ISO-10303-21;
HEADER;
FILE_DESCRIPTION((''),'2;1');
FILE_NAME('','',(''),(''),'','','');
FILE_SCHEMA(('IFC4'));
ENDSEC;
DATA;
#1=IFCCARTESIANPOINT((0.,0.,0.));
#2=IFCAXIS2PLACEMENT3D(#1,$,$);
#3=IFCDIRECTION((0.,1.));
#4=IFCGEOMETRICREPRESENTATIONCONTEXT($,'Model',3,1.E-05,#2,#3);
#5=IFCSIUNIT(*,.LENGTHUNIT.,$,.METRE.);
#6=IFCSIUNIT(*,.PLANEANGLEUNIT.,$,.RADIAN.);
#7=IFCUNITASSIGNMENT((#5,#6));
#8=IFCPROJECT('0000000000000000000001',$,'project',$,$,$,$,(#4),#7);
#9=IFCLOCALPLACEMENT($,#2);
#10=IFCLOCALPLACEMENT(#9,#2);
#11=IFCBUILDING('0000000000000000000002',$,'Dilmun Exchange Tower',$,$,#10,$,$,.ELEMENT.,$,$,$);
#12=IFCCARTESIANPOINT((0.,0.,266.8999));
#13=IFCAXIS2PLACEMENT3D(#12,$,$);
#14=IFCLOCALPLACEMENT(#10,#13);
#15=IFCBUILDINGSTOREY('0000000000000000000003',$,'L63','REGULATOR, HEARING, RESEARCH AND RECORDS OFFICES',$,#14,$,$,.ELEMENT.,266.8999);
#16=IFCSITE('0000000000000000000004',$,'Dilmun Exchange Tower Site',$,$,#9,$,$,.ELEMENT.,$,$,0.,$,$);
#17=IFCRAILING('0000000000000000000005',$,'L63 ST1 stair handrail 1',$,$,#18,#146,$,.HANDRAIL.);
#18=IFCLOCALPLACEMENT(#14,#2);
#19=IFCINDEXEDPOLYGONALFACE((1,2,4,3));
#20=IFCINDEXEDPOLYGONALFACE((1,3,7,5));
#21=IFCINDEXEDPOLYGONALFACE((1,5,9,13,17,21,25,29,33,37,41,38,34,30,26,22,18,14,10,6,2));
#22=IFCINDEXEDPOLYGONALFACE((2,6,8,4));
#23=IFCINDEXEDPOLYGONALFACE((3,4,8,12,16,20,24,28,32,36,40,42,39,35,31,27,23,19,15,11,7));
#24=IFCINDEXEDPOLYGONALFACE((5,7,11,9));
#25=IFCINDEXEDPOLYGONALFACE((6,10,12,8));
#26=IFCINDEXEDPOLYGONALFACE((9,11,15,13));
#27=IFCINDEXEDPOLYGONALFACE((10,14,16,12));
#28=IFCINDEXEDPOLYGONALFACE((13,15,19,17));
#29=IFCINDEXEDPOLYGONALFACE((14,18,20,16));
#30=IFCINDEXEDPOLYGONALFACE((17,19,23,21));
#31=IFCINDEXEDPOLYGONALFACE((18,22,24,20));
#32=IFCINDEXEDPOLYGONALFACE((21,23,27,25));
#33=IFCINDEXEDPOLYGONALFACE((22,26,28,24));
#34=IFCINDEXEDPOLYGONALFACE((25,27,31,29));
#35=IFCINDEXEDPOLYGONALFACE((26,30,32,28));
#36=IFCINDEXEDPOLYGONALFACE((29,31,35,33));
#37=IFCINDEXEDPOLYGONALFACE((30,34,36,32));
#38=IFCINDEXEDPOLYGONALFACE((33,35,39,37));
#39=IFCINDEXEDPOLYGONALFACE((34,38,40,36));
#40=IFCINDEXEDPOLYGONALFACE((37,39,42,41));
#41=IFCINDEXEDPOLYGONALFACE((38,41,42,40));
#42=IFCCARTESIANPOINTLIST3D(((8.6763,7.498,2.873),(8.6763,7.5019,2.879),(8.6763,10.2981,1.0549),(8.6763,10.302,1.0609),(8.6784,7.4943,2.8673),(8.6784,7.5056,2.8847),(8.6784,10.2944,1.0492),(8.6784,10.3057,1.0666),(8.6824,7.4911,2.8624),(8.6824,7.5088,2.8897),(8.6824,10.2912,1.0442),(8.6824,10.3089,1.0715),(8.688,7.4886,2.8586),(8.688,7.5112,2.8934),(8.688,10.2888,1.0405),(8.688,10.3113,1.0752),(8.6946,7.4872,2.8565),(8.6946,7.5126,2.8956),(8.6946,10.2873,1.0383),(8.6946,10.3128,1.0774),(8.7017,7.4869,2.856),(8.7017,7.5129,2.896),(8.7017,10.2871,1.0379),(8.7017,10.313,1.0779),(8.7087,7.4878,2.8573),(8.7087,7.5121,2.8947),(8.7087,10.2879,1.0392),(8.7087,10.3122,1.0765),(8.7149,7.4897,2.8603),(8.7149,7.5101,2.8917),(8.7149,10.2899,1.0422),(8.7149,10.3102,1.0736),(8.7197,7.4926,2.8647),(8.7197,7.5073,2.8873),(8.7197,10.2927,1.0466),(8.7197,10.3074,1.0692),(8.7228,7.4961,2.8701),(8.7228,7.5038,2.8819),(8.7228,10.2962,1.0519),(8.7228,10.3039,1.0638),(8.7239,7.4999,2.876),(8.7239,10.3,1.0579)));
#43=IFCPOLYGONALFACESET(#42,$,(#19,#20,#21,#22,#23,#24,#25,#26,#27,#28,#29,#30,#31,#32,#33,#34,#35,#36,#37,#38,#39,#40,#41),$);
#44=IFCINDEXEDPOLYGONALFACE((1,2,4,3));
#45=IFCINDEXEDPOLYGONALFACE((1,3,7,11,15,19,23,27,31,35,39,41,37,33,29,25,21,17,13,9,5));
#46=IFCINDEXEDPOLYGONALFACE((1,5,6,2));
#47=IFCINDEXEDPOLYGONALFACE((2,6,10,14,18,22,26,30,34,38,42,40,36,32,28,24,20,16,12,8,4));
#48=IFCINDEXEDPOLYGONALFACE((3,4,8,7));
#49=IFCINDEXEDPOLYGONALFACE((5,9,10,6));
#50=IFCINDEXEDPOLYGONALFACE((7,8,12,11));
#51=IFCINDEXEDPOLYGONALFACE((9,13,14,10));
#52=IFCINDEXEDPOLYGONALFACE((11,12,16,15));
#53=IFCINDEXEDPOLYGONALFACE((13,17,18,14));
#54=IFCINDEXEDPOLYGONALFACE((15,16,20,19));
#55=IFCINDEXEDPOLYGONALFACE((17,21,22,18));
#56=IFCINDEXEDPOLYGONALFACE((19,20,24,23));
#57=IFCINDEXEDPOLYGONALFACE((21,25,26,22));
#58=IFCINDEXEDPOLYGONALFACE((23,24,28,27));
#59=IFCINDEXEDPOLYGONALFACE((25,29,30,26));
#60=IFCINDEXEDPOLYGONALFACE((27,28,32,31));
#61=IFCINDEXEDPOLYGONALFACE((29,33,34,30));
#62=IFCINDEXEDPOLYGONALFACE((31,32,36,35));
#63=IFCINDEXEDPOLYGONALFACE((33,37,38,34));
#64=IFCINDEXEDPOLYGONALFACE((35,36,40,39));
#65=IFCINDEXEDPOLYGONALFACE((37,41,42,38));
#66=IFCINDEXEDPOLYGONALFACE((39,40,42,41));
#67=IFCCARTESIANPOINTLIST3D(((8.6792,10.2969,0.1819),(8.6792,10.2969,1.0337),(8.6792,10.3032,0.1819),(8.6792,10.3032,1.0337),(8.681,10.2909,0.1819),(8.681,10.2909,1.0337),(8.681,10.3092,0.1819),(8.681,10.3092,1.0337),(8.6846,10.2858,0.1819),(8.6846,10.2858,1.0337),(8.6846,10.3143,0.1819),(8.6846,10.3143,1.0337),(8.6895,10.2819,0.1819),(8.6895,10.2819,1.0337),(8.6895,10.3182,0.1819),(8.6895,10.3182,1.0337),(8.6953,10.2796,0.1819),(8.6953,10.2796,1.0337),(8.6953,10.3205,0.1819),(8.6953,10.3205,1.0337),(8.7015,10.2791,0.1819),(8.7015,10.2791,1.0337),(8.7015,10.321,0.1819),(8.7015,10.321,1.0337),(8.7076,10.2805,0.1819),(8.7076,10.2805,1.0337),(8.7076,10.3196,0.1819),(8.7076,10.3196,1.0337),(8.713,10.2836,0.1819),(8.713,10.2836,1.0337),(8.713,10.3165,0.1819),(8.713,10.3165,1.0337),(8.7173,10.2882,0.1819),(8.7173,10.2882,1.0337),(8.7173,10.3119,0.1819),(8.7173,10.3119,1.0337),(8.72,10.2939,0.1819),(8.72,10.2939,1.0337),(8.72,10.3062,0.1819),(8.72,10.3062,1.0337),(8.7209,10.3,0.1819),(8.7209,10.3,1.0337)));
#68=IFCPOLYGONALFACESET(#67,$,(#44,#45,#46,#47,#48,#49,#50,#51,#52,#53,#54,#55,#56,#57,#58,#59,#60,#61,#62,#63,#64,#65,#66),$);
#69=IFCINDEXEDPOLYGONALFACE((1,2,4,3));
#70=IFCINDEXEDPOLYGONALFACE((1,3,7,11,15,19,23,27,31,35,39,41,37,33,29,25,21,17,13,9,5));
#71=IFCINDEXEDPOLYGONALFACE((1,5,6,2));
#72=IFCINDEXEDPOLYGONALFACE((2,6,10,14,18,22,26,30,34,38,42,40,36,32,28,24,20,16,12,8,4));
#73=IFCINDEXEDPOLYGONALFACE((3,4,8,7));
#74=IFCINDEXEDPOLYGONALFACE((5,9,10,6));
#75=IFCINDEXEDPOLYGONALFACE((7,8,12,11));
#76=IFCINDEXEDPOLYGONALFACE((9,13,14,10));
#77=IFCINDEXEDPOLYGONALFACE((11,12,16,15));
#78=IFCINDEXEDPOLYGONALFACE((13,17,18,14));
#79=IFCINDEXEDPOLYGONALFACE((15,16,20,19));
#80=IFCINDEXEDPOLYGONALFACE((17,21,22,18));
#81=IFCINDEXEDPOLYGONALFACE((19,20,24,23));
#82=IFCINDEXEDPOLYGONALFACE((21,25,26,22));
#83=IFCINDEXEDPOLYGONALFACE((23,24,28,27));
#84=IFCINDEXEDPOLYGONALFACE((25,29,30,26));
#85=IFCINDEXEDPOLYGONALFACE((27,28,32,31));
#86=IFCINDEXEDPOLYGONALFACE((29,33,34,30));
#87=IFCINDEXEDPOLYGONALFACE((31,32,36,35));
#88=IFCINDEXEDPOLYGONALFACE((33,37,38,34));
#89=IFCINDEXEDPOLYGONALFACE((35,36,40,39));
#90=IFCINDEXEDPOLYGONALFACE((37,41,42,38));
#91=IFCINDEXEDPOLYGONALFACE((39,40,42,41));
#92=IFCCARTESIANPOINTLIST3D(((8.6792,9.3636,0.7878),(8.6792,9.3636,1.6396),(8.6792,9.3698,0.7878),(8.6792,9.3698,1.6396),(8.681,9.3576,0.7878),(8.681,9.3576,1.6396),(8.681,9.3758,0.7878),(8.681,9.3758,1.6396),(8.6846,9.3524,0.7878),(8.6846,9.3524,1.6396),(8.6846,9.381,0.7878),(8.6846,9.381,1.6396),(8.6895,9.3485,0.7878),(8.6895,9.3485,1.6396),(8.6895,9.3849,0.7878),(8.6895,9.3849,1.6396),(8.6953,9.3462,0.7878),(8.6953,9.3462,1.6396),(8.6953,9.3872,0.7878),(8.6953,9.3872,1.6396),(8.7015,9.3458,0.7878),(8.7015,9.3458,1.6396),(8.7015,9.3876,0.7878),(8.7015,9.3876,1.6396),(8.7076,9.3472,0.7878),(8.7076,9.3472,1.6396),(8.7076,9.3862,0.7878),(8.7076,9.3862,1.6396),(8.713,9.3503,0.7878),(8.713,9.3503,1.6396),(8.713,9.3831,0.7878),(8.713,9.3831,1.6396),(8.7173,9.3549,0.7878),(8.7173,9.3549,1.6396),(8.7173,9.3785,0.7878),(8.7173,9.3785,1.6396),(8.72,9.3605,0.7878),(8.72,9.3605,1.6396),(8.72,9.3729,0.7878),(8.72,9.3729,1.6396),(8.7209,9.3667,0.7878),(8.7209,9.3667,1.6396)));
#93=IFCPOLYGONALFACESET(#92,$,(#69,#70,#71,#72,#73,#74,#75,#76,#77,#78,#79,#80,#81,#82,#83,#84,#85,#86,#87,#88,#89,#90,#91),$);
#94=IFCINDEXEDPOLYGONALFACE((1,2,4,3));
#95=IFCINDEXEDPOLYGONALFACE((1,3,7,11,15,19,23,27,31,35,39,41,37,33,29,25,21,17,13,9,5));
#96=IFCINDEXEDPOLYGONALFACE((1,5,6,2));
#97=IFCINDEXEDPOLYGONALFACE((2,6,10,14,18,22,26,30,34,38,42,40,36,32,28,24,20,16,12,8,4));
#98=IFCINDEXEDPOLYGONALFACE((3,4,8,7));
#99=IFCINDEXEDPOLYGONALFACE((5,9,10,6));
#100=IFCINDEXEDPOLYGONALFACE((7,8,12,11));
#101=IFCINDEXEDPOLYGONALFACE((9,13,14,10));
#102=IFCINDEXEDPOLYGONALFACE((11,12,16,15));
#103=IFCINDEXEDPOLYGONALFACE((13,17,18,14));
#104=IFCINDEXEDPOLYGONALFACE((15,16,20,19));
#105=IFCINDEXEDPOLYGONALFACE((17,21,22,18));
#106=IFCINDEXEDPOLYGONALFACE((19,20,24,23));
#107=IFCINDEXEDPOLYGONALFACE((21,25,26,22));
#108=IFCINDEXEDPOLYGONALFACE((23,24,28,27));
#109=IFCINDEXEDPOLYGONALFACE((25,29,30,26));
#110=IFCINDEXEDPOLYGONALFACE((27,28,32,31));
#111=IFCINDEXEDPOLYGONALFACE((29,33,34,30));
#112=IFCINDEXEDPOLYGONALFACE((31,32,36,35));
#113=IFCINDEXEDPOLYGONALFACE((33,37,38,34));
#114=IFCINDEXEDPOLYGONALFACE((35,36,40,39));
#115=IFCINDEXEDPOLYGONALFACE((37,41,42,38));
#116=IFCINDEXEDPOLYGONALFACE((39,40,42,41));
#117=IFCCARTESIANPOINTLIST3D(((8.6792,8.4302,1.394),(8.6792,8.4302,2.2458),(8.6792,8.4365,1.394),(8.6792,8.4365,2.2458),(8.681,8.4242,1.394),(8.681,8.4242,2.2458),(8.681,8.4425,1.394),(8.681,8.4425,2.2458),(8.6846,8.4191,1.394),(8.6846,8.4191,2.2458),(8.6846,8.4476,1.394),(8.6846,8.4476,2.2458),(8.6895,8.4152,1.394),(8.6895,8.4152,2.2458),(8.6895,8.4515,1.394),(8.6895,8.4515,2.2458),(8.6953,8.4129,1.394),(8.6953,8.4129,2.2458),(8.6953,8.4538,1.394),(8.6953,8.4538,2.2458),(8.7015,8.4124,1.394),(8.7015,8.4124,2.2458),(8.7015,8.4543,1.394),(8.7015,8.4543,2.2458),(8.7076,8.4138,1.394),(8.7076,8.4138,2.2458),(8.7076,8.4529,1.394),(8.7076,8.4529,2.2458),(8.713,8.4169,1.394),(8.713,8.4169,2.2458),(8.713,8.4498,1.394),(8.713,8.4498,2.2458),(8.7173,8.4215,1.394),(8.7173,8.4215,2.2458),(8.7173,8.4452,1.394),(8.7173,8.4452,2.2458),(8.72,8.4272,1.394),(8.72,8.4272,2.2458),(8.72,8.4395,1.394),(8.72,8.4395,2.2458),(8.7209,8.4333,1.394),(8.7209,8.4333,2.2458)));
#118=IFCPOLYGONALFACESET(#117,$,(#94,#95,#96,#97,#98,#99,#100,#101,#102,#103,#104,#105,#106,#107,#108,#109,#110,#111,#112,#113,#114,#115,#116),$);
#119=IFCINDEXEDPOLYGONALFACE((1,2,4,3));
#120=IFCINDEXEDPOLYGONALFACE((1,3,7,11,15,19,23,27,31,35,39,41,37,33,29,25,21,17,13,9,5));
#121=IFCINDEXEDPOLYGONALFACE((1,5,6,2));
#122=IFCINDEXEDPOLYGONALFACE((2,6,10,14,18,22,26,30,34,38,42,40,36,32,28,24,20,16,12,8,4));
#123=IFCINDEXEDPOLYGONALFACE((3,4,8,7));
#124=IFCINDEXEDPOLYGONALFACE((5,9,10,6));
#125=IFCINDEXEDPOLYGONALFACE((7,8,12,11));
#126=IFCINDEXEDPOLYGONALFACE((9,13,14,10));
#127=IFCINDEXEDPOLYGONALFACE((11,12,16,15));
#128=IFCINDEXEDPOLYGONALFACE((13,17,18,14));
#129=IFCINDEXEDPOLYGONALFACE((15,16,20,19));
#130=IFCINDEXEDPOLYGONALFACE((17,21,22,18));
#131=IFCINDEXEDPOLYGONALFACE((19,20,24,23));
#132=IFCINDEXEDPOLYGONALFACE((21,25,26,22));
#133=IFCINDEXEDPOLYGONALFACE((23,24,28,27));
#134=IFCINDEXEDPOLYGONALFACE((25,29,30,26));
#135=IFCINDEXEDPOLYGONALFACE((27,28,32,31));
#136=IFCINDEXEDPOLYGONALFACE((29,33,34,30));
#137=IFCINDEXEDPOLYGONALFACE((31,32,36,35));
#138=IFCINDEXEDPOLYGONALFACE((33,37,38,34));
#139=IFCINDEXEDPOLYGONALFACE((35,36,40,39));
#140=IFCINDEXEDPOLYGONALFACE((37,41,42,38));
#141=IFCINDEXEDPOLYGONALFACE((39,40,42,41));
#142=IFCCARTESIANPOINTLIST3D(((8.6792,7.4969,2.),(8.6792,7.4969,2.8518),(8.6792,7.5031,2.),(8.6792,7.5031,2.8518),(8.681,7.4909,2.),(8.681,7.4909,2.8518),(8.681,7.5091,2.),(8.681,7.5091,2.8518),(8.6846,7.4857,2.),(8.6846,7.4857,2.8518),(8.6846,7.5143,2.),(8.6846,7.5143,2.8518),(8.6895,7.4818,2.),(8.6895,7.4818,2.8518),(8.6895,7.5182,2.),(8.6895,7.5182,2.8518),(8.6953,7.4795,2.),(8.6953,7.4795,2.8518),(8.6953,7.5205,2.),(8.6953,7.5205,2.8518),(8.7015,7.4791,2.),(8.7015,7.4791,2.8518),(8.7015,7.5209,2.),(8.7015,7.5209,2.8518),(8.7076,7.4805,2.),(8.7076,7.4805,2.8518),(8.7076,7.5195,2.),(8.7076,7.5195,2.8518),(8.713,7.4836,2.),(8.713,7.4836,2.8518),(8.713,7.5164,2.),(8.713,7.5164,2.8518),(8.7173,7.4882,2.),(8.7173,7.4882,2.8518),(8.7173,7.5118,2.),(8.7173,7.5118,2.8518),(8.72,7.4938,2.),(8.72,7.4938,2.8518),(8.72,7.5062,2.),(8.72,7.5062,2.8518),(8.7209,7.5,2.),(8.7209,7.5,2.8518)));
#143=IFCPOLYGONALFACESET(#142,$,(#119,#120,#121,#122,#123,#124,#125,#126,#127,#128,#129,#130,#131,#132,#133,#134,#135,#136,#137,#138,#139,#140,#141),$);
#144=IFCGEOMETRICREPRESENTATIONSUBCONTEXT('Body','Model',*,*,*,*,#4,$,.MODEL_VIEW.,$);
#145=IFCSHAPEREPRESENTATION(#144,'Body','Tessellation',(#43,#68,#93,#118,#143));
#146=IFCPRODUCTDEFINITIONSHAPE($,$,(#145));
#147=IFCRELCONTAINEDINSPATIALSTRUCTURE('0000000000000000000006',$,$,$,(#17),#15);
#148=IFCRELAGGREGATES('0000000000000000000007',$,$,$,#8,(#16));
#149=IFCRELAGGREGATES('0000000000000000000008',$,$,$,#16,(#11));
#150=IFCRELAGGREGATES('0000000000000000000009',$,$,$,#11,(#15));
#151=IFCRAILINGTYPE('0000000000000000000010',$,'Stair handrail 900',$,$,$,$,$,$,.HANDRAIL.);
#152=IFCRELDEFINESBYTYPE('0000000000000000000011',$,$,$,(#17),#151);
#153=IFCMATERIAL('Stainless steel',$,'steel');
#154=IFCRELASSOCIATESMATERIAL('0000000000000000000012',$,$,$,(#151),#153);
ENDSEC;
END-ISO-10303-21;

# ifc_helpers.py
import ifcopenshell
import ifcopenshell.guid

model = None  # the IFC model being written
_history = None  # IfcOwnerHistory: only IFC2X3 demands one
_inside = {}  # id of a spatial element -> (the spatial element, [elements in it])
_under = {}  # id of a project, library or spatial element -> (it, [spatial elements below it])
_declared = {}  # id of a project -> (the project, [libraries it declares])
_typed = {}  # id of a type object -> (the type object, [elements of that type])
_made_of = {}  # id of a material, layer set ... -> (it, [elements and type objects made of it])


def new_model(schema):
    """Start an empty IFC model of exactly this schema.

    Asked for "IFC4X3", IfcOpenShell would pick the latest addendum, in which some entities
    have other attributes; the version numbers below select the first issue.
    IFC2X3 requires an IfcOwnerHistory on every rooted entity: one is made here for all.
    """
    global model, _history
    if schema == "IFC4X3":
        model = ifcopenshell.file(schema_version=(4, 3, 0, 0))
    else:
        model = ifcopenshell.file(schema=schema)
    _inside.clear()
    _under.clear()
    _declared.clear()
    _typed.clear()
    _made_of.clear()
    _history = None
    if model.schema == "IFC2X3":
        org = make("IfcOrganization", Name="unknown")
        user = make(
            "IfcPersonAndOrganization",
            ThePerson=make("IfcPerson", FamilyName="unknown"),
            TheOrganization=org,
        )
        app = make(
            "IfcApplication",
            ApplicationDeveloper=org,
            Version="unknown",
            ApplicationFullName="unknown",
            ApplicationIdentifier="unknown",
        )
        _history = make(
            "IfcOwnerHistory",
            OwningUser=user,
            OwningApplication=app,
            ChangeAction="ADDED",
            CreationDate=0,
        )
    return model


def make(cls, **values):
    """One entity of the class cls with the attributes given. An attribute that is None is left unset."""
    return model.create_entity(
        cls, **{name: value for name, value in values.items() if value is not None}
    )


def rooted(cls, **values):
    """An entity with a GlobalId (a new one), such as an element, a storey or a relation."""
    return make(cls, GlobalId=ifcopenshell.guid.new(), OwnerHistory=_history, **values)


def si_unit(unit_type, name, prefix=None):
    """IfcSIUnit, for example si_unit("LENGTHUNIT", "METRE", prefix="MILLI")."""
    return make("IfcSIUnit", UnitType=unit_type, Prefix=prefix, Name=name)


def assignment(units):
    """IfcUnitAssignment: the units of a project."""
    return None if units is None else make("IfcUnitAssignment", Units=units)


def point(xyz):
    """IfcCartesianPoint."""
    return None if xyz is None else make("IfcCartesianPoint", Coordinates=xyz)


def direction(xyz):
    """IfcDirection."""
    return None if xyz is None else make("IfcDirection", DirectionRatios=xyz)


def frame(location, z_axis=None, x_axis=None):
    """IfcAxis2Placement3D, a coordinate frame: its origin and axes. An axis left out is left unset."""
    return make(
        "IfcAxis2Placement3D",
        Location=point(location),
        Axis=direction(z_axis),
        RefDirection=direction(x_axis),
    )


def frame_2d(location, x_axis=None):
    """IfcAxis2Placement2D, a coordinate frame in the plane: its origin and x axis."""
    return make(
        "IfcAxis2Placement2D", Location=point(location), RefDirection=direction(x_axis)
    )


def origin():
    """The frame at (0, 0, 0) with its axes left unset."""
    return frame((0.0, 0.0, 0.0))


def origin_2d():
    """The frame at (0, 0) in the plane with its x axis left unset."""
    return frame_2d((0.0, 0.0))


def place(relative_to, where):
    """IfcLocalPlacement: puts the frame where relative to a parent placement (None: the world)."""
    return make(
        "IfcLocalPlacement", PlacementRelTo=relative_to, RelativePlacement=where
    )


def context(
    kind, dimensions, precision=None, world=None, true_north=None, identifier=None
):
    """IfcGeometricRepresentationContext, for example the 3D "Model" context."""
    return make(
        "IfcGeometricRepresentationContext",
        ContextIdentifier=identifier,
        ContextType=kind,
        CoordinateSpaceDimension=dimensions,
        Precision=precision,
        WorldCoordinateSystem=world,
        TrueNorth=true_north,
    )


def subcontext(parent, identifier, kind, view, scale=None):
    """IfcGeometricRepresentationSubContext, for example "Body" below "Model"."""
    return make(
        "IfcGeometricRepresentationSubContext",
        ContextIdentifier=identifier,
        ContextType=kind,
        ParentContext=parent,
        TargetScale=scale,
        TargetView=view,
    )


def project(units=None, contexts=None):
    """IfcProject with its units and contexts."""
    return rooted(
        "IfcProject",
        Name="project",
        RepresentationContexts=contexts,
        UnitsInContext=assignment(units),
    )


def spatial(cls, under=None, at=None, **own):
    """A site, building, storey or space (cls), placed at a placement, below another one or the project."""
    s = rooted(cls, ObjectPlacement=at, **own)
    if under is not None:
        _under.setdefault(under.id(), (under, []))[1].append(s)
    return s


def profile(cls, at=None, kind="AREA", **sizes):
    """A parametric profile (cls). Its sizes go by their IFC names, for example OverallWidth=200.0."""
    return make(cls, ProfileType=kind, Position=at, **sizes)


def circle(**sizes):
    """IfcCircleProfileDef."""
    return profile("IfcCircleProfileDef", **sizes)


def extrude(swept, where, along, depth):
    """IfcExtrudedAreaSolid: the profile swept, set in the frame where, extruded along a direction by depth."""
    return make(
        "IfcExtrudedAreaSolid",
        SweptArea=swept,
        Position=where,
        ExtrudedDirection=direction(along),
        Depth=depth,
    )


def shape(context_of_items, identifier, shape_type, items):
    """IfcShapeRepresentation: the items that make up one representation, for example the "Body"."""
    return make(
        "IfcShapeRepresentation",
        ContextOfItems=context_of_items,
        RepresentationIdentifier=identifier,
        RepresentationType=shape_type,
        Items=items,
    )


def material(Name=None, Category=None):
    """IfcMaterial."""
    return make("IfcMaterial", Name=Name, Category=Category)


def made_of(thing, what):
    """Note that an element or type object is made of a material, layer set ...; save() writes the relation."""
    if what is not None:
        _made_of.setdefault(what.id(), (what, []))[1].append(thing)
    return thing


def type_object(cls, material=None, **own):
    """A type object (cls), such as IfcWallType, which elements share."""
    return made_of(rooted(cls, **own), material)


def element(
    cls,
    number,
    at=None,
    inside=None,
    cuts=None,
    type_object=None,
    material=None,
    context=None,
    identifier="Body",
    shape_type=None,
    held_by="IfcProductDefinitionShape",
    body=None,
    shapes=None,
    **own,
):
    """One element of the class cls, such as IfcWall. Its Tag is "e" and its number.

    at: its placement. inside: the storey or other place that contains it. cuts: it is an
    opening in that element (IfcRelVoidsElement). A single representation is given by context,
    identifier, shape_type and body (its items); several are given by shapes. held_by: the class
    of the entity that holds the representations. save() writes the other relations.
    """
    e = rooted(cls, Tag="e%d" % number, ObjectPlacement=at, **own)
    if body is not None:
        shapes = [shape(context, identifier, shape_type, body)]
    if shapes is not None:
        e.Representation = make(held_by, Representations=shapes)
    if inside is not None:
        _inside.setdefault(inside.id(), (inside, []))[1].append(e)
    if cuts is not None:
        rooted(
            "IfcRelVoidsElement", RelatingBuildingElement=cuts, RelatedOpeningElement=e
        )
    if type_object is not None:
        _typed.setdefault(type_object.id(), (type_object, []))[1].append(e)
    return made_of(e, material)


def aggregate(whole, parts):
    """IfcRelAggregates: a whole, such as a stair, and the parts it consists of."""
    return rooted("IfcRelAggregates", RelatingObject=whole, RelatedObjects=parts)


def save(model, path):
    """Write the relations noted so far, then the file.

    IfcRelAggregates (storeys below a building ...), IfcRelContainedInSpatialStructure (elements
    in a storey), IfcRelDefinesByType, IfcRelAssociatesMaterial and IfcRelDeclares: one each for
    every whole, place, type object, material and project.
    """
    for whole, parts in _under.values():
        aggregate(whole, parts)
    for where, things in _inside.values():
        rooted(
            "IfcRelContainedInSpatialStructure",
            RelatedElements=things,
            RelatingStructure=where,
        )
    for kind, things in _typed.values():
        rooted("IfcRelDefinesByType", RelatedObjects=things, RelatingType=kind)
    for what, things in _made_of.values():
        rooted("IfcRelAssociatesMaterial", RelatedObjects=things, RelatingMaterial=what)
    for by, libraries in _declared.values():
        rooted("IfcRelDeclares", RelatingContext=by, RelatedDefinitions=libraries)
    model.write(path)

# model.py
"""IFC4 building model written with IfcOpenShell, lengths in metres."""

from ifc_helpers import new_model, si_unit, direction, frame, origin, origin_2d, place, context, subcontext, project, spatial, circle, extrude, material, type_object, element, save


model = new_model("IFC4")

# Units and contexts
model_context = context("Model", 3, precision=1e-05, world=origin(), true_north=direction((0.0, 1.0)))
body_context = subcontext(model_context, "Body", "Model", "MODEL_VIEW")
ifc_project = project(units=[si_unit("LENGTHUNIT", "METRE"), si_unit("PLANEANGLEUNIT", "RADIAN")], contexts=[model_context])

# Site, building, storey
site_placement = place(None, origin())
site = spatial("IfcSite", under=ifc_project, at=site_placement, Name="Dilmun Exchange Tower Site", CompositionType="ELEMENT", RefElevation=0.0)
building_placement = place(site_placement, origin())
building = spatial("IfcBuilding", under=site, at=building_placement, Name="Dilmun Exchange Tower", CompositionType="ELEMENT")
storey_placement = place(building_placement, frame((0.0, 0.0, 266.8999)))
storey = spatial("IfcBuildingStorey", under=building, at=storey_placement, Name="L63", Description="REGULATOR, HEARING, RESEARCH AND RECORDS OFFICES", CompositionType="ELEMENT", Elevation=266.8999)

# Railing
ifc_material_1 = material(Name="Stainless steel", Category="steel")
railing_type = type_object("IfcRailingType", Name="Stair handrail 900", PredefinedType="HANDRAIL", material=ifc_material_1)
railing_placement = place(storey_placement, frame((8.7, 10.3, 0.1819)))
element("IfcRailing", 1, at=railing_placement, inside=storey, type_object=railing_type, Name="L63 ST1 stair handrail 1", PredefinedType="HANDRAIL", context=body_context, shape_type="SweptSolid", body=[
    extrude(circle(Radius=0.0239, at=origin_2d()), frame((0.0, 0.0, 0.876), z_axis=(0.0, -0.838706, 0.544585), x_axis=(1.0, 0.0, 0.0)), (0.0, 0.0, 1.0), 3.3386),
    extrude(circle(Radius=0.021, at=origin_2d()), origin(), (0.0, 0.0, 1.0), 0.8518),
    extrude(circle(Radius=0.021, at=origin_2d()), frame((0.0, -0.9333, 0.606)), (0.0, 0.0, 1.0), 0.8518),
    extrude(circle(Radius=0.021, at=origin_2d()), frame((0.0, -1.8667, 1.2122)), (0.0, 0.0, 1.0), 0.8518),
    extrude(circle(Radius=0.021, at=origin_2d()), frame((0.0, -2.8, 1.8181)), (0.0, 0.0, 1.0), 0.8518),
])

save(model, "model.ifc")
